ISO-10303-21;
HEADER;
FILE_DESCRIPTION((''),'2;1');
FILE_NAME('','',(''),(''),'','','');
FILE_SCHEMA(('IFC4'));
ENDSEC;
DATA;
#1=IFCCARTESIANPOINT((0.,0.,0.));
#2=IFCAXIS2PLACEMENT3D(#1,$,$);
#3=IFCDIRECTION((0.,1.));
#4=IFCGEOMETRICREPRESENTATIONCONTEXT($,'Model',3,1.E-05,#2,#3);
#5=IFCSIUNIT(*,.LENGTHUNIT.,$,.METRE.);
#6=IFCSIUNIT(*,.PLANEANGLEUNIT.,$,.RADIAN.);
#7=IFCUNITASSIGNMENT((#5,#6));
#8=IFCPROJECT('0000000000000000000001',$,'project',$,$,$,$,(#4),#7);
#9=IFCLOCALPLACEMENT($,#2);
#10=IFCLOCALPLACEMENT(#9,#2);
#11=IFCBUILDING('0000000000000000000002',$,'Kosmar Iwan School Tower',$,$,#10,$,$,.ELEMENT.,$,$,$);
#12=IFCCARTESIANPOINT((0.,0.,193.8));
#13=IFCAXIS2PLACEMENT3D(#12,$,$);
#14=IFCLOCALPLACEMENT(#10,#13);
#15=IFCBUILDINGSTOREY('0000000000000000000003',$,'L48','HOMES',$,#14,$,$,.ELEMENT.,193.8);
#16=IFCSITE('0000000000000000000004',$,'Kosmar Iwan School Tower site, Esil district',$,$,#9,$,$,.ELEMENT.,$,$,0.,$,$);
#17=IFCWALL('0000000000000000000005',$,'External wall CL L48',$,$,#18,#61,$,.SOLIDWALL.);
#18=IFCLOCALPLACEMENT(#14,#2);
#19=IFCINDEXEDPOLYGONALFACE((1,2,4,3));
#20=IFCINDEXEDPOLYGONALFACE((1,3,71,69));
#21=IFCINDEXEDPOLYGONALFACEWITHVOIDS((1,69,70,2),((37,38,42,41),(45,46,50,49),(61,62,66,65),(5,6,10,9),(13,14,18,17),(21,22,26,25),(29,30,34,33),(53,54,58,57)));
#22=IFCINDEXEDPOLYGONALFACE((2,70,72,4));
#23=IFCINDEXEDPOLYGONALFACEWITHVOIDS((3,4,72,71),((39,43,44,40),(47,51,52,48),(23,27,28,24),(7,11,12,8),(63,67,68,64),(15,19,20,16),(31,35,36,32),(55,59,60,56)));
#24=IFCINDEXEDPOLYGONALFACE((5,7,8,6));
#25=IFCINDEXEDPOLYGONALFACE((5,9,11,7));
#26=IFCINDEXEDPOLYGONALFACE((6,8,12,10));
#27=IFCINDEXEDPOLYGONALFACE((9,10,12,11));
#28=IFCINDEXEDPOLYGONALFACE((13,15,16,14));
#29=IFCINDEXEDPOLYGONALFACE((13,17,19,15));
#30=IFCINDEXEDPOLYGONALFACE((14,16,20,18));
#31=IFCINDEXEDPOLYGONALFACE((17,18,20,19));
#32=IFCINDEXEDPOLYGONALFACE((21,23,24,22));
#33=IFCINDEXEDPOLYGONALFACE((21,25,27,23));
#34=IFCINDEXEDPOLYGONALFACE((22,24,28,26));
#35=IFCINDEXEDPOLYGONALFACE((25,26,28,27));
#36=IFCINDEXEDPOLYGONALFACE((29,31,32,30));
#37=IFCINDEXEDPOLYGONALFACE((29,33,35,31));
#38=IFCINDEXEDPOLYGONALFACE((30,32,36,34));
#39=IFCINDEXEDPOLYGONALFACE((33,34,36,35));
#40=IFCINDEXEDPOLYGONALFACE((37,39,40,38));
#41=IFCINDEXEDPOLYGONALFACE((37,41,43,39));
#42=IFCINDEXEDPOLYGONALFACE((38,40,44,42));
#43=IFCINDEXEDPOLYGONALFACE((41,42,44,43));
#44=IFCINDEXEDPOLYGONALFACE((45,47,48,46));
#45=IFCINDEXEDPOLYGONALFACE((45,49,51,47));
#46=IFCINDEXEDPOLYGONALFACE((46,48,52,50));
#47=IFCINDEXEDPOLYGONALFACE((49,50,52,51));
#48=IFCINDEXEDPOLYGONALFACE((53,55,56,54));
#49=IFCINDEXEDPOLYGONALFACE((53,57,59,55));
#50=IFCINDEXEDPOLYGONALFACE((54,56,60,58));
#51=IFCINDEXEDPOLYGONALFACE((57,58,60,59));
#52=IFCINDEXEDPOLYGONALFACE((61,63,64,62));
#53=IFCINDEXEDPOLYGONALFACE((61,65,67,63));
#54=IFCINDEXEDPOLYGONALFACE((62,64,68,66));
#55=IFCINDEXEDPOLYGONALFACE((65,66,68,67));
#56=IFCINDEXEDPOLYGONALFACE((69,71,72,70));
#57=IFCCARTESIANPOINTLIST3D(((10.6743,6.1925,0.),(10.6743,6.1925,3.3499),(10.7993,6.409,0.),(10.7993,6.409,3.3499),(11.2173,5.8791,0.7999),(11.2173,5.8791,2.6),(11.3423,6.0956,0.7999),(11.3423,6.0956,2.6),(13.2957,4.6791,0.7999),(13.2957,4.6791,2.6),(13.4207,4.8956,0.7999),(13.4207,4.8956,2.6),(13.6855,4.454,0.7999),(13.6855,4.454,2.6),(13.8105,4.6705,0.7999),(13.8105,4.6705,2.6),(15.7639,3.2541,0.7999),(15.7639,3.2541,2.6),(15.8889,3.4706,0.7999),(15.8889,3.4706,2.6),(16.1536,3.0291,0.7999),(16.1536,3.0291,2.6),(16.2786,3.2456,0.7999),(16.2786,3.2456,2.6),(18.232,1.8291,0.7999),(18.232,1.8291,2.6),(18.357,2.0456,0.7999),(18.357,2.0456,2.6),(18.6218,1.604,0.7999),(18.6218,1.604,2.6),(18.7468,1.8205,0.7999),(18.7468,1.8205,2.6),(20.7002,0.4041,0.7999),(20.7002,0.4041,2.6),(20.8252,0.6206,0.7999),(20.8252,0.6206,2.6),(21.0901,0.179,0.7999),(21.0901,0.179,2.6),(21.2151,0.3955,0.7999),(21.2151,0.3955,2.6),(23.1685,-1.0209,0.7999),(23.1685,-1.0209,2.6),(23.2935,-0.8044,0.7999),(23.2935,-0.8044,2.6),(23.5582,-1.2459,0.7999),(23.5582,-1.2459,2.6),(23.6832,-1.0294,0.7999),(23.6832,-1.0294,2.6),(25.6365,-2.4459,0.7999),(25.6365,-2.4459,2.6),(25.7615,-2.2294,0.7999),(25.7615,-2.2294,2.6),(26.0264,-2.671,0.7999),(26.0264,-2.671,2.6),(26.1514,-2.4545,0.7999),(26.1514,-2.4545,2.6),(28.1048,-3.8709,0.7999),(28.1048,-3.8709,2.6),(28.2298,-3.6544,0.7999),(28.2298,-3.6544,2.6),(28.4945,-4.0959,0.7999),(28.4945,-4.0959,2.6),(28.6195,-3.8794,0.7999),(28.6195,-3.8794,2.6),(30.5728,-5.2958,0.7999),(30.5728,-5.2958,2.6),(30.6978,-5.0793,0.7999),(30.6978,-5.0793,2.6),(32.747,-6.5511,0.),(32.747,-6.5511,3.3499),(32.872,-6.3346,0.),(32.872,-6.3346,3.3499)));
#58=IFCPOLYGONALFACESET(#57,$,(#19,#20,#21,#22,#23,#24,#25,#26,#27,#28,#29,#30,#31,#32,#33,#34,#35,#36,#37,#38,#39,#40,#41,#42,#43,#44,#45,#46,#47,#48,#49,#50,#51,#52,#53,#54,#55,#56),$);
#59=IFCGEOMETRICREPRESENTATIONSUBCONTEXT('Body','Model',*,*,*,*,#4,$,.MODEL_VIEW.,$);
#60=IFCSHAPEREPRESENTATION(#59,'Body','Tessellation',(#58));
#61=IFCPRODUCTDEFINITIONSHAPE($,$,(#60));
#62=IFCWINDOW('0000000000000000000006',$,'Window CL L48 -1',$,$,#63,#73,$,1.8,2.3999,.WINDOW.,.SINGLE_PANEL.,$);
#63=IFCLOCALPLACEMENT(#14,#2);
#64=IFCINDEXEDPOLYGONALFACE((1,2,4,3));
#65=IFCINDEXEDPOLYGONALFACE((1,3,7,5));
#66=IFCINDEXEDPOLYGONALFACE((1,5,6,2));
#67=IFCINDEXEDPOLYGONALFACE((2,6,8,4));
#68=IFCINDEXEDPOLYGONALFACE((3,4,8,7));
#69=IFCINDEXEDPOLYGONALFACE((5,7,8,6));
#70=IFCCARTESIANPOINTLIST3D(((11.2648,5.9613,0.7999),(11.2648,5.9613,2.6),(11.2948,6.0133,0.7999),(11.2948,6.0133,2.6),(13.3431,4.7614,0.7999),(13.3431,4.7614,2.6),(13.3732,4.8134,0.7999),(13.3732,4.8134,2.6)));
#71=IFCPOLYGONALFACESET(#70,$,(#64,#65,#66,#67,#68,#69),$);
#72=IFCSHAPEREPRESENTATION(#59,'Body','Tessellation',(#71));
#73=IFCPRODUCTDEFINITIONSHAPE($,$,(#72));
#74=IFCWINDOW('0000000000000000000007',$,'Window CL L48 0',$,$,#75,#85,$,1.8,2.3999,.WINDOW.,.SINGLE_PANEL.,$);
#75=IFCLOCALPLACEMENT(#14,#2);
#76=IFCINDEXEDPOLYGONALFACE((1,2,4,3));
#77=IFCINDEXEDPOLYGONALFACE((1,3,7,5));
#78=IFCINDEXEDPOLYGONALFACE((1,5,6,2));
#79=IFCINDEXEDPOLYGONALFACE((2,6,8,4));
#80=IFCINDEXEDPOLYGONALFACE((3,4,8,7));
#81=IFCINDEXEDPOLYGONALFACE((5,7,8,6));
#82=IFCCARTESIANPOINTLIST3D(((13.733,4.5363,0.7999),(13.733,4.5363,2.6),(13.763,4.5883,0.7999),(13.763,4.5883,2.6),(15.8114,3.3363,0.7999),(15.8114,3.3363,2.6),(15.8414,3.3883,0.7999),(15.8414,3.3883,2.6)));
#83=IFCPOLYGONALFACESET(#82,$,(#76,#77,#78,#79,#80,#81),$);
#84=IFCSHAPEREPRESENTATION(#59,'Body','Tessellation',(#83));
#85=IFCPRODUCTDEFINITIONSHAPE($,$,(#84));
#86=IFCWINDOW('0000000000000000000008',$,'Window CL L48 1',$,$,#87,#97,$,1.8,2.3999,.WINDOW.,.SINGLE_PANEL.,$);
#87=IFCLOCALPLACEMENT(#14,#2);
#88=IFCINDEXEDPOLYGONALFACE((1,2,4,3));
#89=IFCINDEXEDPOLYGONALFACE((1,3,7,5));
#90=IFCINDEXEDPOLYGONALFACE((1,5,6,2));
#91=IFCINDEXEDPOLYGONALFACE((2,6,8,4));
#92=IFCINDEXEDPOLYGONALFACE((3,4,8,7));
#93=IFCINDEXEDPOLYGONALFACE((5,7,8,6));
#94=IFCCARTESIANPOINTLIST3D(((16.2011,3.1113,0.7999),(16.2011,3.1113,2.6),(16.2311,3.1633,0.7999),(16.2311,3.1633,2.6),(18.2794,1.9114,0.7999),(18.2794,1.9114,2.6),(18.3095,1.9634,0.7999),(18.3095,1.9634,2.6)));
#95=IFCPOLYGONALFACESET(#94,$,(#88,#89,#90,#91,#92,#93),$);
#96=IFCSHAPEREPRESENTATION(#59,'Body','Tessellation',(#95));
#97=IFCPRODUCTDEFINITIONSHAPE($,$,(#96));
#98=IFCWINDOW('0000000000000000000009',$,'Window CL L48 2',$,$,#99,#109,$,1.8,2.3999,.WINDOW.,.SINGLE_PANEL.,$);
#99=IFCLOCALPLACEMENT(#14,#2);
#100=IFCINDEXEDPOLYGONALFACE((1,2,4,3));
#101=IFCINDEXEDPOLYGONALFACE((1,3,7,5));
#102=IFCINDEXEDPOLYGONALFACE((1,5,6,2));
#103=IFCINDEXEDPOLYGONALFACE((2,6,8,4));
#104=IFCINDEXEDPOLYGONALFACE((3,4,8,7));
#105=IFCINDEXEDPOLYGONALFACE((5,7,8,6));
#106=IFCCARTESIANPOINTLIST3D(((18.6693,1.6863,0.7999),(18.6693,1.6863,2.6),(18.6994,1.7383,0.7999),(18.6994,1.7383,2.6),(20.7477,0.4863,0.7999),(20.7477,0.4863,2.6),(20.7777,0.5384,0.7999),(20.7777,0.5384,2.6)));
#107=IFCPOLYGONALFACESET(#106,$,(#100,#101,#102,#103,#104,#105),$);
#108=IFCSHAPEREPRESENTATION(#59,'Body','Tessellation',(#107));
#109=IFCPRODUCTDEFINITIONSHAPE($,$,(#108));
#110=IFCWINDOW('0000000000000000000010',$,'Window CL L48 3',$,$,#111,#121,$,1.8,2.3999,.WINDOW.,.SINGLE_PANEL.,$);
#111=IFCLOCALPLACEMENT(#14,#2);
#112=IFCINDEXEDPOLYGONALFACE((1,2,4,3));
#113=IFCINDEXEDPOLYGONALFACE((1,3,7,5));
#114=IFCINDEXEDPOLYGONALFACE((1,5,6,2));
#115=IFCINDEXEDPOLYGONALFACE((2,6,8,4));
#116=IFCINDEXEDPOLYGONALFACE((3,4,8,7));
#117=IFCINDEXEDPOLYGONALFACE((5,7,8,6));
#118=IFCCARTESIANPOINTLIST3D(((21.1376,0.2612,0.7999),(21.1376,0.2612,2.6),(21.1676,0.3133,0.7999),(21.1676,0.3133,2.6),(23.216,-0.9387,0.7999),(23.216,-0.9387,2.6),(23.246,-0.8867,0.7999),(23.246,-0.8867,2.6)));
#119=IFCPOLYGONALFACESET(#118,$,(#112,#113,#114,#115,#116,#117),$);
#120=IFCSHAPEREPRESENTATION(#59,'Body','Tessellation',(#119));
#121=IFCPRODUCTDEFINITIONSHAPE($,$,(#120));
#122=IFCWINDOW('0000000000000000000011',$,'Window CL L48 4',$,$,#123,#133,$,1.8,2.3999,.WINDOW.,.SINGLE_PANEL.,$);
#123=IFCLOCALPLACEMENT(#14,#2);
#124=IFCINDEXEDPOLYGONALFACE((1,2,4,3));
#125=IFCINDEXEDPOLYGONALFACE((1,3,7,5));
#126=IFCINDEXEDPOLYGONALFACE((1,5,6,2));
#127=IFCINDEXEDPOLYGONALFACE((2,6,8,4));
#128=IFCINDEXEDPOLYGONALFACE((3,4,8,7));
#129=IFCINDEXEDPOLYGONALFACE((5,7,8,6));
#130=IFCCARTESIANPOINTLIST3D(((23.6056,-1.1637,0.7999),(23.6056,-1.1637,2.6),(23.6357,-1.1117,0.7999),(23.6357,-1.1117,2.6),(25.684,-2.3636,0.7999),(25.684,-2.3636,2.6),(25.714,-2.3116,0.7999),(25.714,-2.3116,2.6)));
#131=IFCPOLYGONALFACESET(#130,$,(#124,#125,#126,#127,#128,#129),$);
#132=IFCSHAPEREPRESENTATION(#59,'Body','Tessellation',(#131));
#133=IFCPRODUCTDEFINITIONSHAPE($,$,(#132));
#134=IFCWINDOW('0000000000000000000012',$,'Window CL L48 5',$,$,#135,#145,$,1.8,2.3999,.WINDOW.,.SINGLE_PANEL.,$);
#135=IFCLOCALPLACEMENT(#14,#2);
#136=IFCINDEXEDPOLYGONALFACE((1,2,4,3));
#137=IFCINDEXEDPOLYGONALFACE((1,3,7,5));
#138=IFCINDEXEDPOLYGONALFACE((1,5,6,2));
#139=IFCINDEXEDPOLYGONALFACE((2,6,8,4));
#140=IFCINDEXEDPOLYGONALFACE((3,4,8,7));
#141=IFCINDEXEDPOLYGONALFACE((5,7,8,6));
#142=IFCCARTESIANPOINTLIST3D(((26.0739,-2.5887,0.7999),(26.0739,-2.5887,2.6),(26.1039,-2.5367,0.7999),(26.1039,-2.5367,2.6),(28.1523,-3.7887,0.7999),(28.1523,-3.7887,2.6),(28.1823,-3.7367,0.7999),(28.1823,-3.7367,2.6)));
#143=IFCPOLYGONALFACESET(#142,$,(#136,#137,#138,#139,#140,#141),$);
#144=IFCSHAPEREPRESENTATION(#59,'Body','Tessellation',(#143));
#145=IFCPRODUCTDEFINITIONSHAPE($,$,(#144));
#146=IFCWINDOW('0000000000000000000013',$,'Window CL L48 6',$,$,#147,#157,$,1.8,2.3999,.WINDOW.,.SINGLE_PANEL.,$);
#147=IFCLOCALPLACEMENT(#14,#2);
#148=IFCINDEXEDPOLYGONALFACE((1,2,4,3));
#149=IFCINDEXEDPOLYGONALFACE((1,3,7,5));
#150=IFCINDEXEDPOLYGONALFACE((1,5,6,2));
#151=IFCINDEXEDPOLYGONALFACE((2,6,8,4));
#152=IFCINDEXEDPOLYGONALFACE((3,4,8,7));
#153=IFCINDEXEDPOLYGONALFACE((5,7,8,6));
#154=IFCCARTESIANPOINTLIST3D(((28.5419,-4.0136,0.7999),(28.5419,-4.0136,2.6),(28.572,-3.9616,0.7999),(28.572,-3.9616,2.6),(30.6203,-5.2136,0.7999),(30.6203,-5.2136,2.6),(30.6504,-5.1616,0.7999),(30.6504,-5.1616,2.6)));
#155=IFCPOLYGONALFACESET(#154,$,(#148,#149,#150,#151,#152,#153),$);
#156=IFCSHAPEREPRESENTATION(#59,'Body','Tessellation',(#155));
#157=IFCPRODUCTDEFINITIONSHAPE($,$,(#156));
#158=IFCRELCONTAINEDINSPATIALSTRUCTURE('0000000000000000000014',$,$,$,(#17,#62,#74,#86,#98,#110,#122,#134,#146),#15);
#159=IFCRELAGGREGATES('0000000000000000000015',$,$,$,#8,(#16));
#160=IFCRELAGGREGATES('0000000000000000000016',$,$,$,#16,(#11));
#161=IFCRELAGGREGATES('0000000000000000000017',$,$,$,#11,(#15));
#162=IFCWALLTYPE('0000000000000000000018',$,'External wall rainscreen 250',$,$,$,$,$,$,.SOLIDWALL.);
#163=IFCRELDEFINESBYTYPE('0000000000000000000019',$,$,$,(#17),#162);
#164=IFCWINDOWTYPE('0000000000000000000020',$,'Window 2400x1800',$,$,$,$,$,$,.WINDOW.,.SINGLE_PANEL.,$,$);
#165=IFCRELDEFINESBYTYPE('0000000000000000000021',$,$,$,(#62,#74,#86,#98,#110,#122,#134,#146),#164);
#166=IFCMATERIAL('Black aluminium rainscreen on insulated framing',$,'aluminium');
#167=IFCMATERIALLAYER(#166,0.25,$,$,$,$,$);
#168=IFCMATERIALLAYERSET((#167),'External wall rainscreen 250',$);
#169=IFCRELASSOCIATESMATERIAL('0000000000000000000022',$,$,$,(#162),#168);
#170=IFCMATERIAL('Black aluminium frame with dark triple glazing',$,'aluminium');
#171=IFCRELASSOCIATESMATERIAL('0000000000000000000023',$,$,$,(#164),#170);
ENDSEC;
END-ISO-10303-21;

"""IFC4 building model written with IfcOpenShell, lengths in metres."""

from ifc_helpers import new_model, si_unit, direction, frame, frame_2d, origin, place, context, subcontext, project, spatial, rectangle, extrude, material, layer, layer_set, type_object, element, fill, save


model = new_model("IFC4")

# Units and contexts
model_context = context("Model", 3, precision=1e-05, world=origin(), true_north=direction((0.0, 1.0)))
body_context = subcontext(model_context, "Body", "Model", "MODEL_VIEW")
ifc_project = project(units=[si_unit("LENGTHUNIT", "METRE"), si_unit("PLANEANGLEUNIT", "RADIAN")], contexts=[model_context])

# Site, building, storey
site_placement = place(None, origin())
site = spatial("IfcSite", under=ifc_project, at=site_placement, Name="Kosmar Iwan School Tower site, Esil district", CompositionType="ELEMENT", RefElevation=0.0)
building_placement = place(site_placement, origin())
building = spatial("IfcBuilding", under=site, at=building_placement, Name="Kosmar Iwan School Tower", CompositionType="ELEMENT")
storey_placement = place(building_placement, frame((0.0, 0.0, 193.8)))
storey = spatial("IfcBuildingStorey", under=building, at=storey_placement, Name="L48", Description="HOMES", CompositionType="ELEMENT", Elevation=193.8)

# Wall, openings, windows
ifc_material_1 = material(Name="Black aluminium rainscreen on insulated framing", Category="aluminium")
ifc_layer_1 = layer(ifc_material_1, 0.25)
ifc_layer_set_1 = layer_set([ifc_layer_1], Name="External wall rainscreen 250")
wall_type_1 = type_object("IfcWallType", Name="External wall rainscreen 250", PredefinedType="SOLIDWALL", material=ifc_layer_set_1)
wall_1_placement = place(storey_placement, frame((10.7368, 6.3008, 0.0), z_axis=(0.0, 0.0, 1.0), x_axis=(0.866026, -0.499998, 0.0)))
wall_1 = element("IfcWall", 1, at=wall_1_placement, inside=storey, type_object=wall_type_1, Name="External wall CL L48", PredefinedType="SOLIDWALL", context=body_context, shape_type="SweptSolid", body=[
    extrude(rectangle(XDim=25.4873, YDim=0.25, at=frame_2d((12.7437, 0.0))), origin(), (0.0, 0.0, 1.0), 3.3499),
])
opening_1_placement = place(wall_1_placement, frame((0.627, 0.0, 0.8)))
opening_1 = element("IfcOpeningElement", 2, at=opening_1_placement, cuts=wall_1, PredefinedType="OPENING", context=body_context, shape_type="SweptSolid", body=[
    extrude(rectangle(XDim=2.3999, YDim=1.8, at=frame_2d((1.2, 0.8999))), frame((0.0, 0.137, 0.0), z_axis=(0.0, -1.0, 0.0), x_axis=(1.0, 0.0, 0.0)), (0.0, 0.0, 1.0), 0.2739),
])
opening_2_placement = place(wall_1_placement, frame((3.4771, 0.0, 0.8)))
opening_2 = element("IfcOpeningElement", 3, at=opening_2_placement, cuts=wall_1, PredefinedType="OPENING", context=body_context, shape_type="SweptSolid", body=[
    extrude(rectangle(XDim=2.3999, YDim=1.8, at=frame_2d((1.2, 0.8999))), frame((0.0, 0.137, 0.0), z_axis=(0.0, -1.0, 0.0), x_axis=(1.0, 0.0, 0.0)), (0.0, 0.0, 1.0), 0.2739),
])
opening_3_placement = place(wall_1_placement, frame((6.3269, 0.0, 0.8)))
opening_3 = element("IfcOpeningElement", 4, at=opening_3_placement, cuts=wall_1, PredefinedType="OPENING", context=body_context, shape_type="SweptSolid", body=[
    extrude(rectangle(XDim=2.3999, YDim=1.8, at=frame_2d((1.2, 0.8999))), frame((0.0, 0.137, 0.0), z_axis=(0.0, -1.0, 0.0), x_axis=(1.0, 0.0, 0.0)), (0.0, 0.0, 1.0), 0.2739),
])
opening_4_placement = place(wall_1_placement, frame((9.177, 0.0, 0.8)))
opening_4 = element("IfcOpeningElement", 5, at=opening_4_placement, cuts=wall_1, PredefinedType="OPENING", context=body_context, shape_type="SweptSolid", body=[
    extrude(rectangle(XDim=2.3999, YDim=1.8, at=frame_2d((1.2, 0.8999))), frame((0.0, 0.137, 0.0), z_axis=(0.0, -1.0, 0.0), x_axis=(1.0, 0.0, 0.0)), (0.0, 0.0, 1.0), 0.2739),
])
opening_5_placement = place(wall_1_placement, frame((12.0271, 0.0, 0.8)))
opening_5 = element("IfcOpeningElement", 6, at=opening_5_placement, cuts=wall_1, PredefinedType="OPENING", context=body_context, shape_type="SweptSolid", body=[
    extrude(rectangle(XDim=2.3999, YDim=1.8, at=frame_2d((1.2, 0.8999))), frame((0.0, 0.137, 0.0), z_axis=(0.0, -1.0, 0.0), x_axis=(1.0, 0.0, 0.0)), (0.0, 0.0, 1.0), 0.2739),
])
opening_6_placement = place(wall_1_placement, frame((14.877, 0.0, 0.8)))
opening_6 = element("IfcOpeningElement", 7, at=opening_6_placement, cuts=wall_1, PredefinedType="OPENING", context=body_context, shape_type="SweptSolid", body=[
    extrude(rectangle(XDim=2.3999, YDim=1.8, at=frame_2d((1.2, 0.8999))), frame((0.0, 0.137, 0.0), z_axis=(0.0, -1.0, 0.0), x_axis=(1.0, 0.0, 0.0)), (0.0, 0.0, 1.0), 0.2739),
])
opening_7_placement = place(wall_1_placement, frame((17.7271, 0.0, 0.8)))
opening_7 = element("IfcOpeningElement", 8, at=opening_7_placement, cuts=wall_1, PredefinedType="OPENING", context=body_context, shape_type="SweptSolid", body=[
    extrude(rectangle(XDim=2.3999, YDim=1.8, at=frame_2d((1.2, 0.8999))), frame((0.0, 0.137, 0.0), z_axis=(0.0, -1.0, 0.0), x_axis=(1.0, 0.0, 0.0)), (0.0, 0.0, 1.0), 0.2739),
])
opening_8_placement = place(wall_1_placement, frame((20.5769, 0.0, 0.8)))
opening_8 = element("IfcOpeningElement", 9, at=opening_8_placement, cuts=wall_1, PredefinedType="OPENING", context=body_context, shape_type="SweptSolid", body=[
    extrude(rectangle(XDim=2.3999, YDim=1.8, at=frame_2d((1.2, 0.8999))), frame((0.0, 0.137, 0.0), z_axis=(0.0, -1.0, 0.0), x_axis=(1.0, 0.0, 0.0)), (0.0, 0.0, 1.0), 0.2739),
])
ifc_material_2 = material(Name="Black aluminium frame with dark triple glazing", Category="aluminium")
window_type = type_object("IfcWindowType", Name="Window 2400x1800", PartitioningType="SINGLE_PANEL", PredefinedType="WINDOW", material=ifc_material_2)
window_1_placement = place(opening_1_placement, origin())
window_1 = element("IfcWindow", 10, at=window_1_placement, inside=storey, type_object=window_type, Name="Window CL L48 -1", OverallHeight=1.8, OverallWidth=2.3999, PartitioningType="SINGLE_PANEL", PredefinedType="WINDOW", context=body_context, shape_type="SweptSolid", body=[
    extrude(rectangle(XDim=2.3999, YDim=1.8, at=frame_2d((1.2, 0.8999))), frame((0.0, 0.03, 0.0), z_axis=(0.0, -1.0, 0.0), x_axis=(1.0, 0.0, 0.0)), (0.0, 0.0, 1.0), 0.0601),
])
fill(opening_1, window_1)
window_2_placement = place(opening_2_placement, origin())
window_2 = element("IfcWindow", 11, at=window_2_placement, inside=storey, type_object=window_type, Name="Window CL L48 0", OverallHeight=1.8, OverallWidth=2.3999, PartitioningType="SINGLE_PANEL", PredefinedType="WINDOW", context=body_context, shape_type="SweptSolid", body=[
    extrude(rectangle(XDim=2.3999, YDim=1.8, at=frame_2d((1.2, 0.8999))), frame((0.0, 0.03, 0.0), z_axis=(0.0, -1.0, 0.0), x_axis=(1.0, 0.0, 0.0)), (0.0, 0.0, 1.0), 0.0601),
])
fill(opening_2, window_2)
window_3_placement = place(opening_3_placement, origin())
window_3 = element("IfcWindow", 12, at=window_3_placement, inside=storey, type_object=window_type, Name="Window CL L48 1", OverallHeight=1.8, OverallWidth=2.3999, PartitioningType="SINGLE_PANEL", PredefinedType="WINDOW", context=body_context, shape_type="SweptSolid", body=[
    extrude(rectangle(XDim=2.3999, YDim=1.8, at=frame_2d((1.2, 0.8999))), frame((0.0, 0.03, 0.0), z_axis=(0.0, -1.0, 0.0), x_axis=(1.0, 0.0, 0.0)), (0.0, 0.0, 1.0), 0.0601),
])
fill(opening_3, window_3)
window_4_placement = place(opening_4_placement, origin())
window_4 = element("IfcWindow", 13, at=window_4_placement, inside=storey, type_object=window_type, Name="Window CL L48 2", OverallHeight=1.8, OverallWidth=2.3999, PartitioningType="SINGLE_PANEL", PredefinedType="WINDOW", context=body_context, shape_type="SweptSolid", body=[
    extrude(rectangle(XDim=2.3999, YDim=1.8, at=frame_2d((1.2, 0.8999))), frame((0.0, 0.03, 0.0), z_axis=(0.0, -1.0, 0.0), x_axis=(1.0, 0.0, 0.0)), (0.0, 0.0, 1.0), 0.0601),
])
fill(opening_4, window_4)
window_5_placement = place(opening_5_placement, origin())
window_5 = element("IfcWindow", 14, at=window_5_placement, inside=storey, type_object=window_type, Name="Window CL L48 3", OverallHeight=1.8, OverallWidth=2.3999, PartitioningType="SINGLE_PANEL", PredefinedType="WINDOW", context=body_context, shape_type="SweptSolid", body=[
    extrude(rectangle(XDim=2.3999, YDim=1.8, at=frame_2d((1.2, 0.8999))), frame((0.0, 0.03, 0.0), z_axis=(0.0, -1.0, 0.0), x_axis=(1.0, 0.0, 0.0)), (0.0, 0.0, 1.0), 0.0601),
])
fill(opening_5, window_5)
window_6_placement = place(opening_6_placement, origin())
window_6 = element("IfcWindow", 15, at=window_6_placement, inside=storey, type_object=window_type, Name="Window CL L48 4", OverallHeight=1.8, OverallWidth=2.3999, PartitioningType="SINGLE_PANEL", PredefinedType="WINDOW", context=body_context, shape_type="SweptSolid", body=[
    extrude(rectangle(XDim=2.3999, YDim=1.8, at=frame_2d((1.2, 0.8999))), frame((0.0, 0.03, 0.0), z_axis=(0.0, -1.0, 0.0), x_axis=(1.0, 0.0, 0.0)), (0.0, 0.0, 1.0), 0.0601),
])
fill(opening_6, window_6)
window_7_placement = place(opening_7_placement, origin())
window_7 = element("IfcWindow", 16, at=window_7_placement, inside=storey, type_object=window_type, Name="Window CL L48 5", OverallHeight=1.8, OverallWidth=2.3999, PartitioningType="SINGLE_PANEL", PredefinedType="WINDOW", context=body_context, shape_type="SweptSolid", body=[
    extrude(rectangle(XDim=2.3999, YDim=1.8, at=frame_2d((1.2, 0.8999))), frame((0.0, 0.03, 0.0), z_axis=(0.0, -1.0, 0.0), x_axis=(1.0, 0.0, 0.0)), (0.0, 0.0, 1.0), 0.0601),
])
fill(opening_7, window_7)
window_8_placement = place(opening_8_placement, origin())
window_8 = element("IfcWindow", 17, at=window_8_placement, inside=storey, type_object=window_type, Name="Window CL L48 6", OverallHeight=1.8, OverallWidth=2.3999, PartitioningType="SINGLE_PANEL", PredefinedType="WINDOW", context=body_context, shape_type="SweptSolid", body=[
    extrude(rectangle(XDim=2.3999, YDim=1.8, at=frame_2d((1.2, 0.8999))), frame((0.0, 0.03, 0.0), z_axis=(0.0, -1.0, 0.0), x_axis=(1.0, 0.0, 0.0)), (0.0, 0.0, 1.0), 0.0601),
])
fill(opening_8, window_8)

save(model, "model.ifc")
